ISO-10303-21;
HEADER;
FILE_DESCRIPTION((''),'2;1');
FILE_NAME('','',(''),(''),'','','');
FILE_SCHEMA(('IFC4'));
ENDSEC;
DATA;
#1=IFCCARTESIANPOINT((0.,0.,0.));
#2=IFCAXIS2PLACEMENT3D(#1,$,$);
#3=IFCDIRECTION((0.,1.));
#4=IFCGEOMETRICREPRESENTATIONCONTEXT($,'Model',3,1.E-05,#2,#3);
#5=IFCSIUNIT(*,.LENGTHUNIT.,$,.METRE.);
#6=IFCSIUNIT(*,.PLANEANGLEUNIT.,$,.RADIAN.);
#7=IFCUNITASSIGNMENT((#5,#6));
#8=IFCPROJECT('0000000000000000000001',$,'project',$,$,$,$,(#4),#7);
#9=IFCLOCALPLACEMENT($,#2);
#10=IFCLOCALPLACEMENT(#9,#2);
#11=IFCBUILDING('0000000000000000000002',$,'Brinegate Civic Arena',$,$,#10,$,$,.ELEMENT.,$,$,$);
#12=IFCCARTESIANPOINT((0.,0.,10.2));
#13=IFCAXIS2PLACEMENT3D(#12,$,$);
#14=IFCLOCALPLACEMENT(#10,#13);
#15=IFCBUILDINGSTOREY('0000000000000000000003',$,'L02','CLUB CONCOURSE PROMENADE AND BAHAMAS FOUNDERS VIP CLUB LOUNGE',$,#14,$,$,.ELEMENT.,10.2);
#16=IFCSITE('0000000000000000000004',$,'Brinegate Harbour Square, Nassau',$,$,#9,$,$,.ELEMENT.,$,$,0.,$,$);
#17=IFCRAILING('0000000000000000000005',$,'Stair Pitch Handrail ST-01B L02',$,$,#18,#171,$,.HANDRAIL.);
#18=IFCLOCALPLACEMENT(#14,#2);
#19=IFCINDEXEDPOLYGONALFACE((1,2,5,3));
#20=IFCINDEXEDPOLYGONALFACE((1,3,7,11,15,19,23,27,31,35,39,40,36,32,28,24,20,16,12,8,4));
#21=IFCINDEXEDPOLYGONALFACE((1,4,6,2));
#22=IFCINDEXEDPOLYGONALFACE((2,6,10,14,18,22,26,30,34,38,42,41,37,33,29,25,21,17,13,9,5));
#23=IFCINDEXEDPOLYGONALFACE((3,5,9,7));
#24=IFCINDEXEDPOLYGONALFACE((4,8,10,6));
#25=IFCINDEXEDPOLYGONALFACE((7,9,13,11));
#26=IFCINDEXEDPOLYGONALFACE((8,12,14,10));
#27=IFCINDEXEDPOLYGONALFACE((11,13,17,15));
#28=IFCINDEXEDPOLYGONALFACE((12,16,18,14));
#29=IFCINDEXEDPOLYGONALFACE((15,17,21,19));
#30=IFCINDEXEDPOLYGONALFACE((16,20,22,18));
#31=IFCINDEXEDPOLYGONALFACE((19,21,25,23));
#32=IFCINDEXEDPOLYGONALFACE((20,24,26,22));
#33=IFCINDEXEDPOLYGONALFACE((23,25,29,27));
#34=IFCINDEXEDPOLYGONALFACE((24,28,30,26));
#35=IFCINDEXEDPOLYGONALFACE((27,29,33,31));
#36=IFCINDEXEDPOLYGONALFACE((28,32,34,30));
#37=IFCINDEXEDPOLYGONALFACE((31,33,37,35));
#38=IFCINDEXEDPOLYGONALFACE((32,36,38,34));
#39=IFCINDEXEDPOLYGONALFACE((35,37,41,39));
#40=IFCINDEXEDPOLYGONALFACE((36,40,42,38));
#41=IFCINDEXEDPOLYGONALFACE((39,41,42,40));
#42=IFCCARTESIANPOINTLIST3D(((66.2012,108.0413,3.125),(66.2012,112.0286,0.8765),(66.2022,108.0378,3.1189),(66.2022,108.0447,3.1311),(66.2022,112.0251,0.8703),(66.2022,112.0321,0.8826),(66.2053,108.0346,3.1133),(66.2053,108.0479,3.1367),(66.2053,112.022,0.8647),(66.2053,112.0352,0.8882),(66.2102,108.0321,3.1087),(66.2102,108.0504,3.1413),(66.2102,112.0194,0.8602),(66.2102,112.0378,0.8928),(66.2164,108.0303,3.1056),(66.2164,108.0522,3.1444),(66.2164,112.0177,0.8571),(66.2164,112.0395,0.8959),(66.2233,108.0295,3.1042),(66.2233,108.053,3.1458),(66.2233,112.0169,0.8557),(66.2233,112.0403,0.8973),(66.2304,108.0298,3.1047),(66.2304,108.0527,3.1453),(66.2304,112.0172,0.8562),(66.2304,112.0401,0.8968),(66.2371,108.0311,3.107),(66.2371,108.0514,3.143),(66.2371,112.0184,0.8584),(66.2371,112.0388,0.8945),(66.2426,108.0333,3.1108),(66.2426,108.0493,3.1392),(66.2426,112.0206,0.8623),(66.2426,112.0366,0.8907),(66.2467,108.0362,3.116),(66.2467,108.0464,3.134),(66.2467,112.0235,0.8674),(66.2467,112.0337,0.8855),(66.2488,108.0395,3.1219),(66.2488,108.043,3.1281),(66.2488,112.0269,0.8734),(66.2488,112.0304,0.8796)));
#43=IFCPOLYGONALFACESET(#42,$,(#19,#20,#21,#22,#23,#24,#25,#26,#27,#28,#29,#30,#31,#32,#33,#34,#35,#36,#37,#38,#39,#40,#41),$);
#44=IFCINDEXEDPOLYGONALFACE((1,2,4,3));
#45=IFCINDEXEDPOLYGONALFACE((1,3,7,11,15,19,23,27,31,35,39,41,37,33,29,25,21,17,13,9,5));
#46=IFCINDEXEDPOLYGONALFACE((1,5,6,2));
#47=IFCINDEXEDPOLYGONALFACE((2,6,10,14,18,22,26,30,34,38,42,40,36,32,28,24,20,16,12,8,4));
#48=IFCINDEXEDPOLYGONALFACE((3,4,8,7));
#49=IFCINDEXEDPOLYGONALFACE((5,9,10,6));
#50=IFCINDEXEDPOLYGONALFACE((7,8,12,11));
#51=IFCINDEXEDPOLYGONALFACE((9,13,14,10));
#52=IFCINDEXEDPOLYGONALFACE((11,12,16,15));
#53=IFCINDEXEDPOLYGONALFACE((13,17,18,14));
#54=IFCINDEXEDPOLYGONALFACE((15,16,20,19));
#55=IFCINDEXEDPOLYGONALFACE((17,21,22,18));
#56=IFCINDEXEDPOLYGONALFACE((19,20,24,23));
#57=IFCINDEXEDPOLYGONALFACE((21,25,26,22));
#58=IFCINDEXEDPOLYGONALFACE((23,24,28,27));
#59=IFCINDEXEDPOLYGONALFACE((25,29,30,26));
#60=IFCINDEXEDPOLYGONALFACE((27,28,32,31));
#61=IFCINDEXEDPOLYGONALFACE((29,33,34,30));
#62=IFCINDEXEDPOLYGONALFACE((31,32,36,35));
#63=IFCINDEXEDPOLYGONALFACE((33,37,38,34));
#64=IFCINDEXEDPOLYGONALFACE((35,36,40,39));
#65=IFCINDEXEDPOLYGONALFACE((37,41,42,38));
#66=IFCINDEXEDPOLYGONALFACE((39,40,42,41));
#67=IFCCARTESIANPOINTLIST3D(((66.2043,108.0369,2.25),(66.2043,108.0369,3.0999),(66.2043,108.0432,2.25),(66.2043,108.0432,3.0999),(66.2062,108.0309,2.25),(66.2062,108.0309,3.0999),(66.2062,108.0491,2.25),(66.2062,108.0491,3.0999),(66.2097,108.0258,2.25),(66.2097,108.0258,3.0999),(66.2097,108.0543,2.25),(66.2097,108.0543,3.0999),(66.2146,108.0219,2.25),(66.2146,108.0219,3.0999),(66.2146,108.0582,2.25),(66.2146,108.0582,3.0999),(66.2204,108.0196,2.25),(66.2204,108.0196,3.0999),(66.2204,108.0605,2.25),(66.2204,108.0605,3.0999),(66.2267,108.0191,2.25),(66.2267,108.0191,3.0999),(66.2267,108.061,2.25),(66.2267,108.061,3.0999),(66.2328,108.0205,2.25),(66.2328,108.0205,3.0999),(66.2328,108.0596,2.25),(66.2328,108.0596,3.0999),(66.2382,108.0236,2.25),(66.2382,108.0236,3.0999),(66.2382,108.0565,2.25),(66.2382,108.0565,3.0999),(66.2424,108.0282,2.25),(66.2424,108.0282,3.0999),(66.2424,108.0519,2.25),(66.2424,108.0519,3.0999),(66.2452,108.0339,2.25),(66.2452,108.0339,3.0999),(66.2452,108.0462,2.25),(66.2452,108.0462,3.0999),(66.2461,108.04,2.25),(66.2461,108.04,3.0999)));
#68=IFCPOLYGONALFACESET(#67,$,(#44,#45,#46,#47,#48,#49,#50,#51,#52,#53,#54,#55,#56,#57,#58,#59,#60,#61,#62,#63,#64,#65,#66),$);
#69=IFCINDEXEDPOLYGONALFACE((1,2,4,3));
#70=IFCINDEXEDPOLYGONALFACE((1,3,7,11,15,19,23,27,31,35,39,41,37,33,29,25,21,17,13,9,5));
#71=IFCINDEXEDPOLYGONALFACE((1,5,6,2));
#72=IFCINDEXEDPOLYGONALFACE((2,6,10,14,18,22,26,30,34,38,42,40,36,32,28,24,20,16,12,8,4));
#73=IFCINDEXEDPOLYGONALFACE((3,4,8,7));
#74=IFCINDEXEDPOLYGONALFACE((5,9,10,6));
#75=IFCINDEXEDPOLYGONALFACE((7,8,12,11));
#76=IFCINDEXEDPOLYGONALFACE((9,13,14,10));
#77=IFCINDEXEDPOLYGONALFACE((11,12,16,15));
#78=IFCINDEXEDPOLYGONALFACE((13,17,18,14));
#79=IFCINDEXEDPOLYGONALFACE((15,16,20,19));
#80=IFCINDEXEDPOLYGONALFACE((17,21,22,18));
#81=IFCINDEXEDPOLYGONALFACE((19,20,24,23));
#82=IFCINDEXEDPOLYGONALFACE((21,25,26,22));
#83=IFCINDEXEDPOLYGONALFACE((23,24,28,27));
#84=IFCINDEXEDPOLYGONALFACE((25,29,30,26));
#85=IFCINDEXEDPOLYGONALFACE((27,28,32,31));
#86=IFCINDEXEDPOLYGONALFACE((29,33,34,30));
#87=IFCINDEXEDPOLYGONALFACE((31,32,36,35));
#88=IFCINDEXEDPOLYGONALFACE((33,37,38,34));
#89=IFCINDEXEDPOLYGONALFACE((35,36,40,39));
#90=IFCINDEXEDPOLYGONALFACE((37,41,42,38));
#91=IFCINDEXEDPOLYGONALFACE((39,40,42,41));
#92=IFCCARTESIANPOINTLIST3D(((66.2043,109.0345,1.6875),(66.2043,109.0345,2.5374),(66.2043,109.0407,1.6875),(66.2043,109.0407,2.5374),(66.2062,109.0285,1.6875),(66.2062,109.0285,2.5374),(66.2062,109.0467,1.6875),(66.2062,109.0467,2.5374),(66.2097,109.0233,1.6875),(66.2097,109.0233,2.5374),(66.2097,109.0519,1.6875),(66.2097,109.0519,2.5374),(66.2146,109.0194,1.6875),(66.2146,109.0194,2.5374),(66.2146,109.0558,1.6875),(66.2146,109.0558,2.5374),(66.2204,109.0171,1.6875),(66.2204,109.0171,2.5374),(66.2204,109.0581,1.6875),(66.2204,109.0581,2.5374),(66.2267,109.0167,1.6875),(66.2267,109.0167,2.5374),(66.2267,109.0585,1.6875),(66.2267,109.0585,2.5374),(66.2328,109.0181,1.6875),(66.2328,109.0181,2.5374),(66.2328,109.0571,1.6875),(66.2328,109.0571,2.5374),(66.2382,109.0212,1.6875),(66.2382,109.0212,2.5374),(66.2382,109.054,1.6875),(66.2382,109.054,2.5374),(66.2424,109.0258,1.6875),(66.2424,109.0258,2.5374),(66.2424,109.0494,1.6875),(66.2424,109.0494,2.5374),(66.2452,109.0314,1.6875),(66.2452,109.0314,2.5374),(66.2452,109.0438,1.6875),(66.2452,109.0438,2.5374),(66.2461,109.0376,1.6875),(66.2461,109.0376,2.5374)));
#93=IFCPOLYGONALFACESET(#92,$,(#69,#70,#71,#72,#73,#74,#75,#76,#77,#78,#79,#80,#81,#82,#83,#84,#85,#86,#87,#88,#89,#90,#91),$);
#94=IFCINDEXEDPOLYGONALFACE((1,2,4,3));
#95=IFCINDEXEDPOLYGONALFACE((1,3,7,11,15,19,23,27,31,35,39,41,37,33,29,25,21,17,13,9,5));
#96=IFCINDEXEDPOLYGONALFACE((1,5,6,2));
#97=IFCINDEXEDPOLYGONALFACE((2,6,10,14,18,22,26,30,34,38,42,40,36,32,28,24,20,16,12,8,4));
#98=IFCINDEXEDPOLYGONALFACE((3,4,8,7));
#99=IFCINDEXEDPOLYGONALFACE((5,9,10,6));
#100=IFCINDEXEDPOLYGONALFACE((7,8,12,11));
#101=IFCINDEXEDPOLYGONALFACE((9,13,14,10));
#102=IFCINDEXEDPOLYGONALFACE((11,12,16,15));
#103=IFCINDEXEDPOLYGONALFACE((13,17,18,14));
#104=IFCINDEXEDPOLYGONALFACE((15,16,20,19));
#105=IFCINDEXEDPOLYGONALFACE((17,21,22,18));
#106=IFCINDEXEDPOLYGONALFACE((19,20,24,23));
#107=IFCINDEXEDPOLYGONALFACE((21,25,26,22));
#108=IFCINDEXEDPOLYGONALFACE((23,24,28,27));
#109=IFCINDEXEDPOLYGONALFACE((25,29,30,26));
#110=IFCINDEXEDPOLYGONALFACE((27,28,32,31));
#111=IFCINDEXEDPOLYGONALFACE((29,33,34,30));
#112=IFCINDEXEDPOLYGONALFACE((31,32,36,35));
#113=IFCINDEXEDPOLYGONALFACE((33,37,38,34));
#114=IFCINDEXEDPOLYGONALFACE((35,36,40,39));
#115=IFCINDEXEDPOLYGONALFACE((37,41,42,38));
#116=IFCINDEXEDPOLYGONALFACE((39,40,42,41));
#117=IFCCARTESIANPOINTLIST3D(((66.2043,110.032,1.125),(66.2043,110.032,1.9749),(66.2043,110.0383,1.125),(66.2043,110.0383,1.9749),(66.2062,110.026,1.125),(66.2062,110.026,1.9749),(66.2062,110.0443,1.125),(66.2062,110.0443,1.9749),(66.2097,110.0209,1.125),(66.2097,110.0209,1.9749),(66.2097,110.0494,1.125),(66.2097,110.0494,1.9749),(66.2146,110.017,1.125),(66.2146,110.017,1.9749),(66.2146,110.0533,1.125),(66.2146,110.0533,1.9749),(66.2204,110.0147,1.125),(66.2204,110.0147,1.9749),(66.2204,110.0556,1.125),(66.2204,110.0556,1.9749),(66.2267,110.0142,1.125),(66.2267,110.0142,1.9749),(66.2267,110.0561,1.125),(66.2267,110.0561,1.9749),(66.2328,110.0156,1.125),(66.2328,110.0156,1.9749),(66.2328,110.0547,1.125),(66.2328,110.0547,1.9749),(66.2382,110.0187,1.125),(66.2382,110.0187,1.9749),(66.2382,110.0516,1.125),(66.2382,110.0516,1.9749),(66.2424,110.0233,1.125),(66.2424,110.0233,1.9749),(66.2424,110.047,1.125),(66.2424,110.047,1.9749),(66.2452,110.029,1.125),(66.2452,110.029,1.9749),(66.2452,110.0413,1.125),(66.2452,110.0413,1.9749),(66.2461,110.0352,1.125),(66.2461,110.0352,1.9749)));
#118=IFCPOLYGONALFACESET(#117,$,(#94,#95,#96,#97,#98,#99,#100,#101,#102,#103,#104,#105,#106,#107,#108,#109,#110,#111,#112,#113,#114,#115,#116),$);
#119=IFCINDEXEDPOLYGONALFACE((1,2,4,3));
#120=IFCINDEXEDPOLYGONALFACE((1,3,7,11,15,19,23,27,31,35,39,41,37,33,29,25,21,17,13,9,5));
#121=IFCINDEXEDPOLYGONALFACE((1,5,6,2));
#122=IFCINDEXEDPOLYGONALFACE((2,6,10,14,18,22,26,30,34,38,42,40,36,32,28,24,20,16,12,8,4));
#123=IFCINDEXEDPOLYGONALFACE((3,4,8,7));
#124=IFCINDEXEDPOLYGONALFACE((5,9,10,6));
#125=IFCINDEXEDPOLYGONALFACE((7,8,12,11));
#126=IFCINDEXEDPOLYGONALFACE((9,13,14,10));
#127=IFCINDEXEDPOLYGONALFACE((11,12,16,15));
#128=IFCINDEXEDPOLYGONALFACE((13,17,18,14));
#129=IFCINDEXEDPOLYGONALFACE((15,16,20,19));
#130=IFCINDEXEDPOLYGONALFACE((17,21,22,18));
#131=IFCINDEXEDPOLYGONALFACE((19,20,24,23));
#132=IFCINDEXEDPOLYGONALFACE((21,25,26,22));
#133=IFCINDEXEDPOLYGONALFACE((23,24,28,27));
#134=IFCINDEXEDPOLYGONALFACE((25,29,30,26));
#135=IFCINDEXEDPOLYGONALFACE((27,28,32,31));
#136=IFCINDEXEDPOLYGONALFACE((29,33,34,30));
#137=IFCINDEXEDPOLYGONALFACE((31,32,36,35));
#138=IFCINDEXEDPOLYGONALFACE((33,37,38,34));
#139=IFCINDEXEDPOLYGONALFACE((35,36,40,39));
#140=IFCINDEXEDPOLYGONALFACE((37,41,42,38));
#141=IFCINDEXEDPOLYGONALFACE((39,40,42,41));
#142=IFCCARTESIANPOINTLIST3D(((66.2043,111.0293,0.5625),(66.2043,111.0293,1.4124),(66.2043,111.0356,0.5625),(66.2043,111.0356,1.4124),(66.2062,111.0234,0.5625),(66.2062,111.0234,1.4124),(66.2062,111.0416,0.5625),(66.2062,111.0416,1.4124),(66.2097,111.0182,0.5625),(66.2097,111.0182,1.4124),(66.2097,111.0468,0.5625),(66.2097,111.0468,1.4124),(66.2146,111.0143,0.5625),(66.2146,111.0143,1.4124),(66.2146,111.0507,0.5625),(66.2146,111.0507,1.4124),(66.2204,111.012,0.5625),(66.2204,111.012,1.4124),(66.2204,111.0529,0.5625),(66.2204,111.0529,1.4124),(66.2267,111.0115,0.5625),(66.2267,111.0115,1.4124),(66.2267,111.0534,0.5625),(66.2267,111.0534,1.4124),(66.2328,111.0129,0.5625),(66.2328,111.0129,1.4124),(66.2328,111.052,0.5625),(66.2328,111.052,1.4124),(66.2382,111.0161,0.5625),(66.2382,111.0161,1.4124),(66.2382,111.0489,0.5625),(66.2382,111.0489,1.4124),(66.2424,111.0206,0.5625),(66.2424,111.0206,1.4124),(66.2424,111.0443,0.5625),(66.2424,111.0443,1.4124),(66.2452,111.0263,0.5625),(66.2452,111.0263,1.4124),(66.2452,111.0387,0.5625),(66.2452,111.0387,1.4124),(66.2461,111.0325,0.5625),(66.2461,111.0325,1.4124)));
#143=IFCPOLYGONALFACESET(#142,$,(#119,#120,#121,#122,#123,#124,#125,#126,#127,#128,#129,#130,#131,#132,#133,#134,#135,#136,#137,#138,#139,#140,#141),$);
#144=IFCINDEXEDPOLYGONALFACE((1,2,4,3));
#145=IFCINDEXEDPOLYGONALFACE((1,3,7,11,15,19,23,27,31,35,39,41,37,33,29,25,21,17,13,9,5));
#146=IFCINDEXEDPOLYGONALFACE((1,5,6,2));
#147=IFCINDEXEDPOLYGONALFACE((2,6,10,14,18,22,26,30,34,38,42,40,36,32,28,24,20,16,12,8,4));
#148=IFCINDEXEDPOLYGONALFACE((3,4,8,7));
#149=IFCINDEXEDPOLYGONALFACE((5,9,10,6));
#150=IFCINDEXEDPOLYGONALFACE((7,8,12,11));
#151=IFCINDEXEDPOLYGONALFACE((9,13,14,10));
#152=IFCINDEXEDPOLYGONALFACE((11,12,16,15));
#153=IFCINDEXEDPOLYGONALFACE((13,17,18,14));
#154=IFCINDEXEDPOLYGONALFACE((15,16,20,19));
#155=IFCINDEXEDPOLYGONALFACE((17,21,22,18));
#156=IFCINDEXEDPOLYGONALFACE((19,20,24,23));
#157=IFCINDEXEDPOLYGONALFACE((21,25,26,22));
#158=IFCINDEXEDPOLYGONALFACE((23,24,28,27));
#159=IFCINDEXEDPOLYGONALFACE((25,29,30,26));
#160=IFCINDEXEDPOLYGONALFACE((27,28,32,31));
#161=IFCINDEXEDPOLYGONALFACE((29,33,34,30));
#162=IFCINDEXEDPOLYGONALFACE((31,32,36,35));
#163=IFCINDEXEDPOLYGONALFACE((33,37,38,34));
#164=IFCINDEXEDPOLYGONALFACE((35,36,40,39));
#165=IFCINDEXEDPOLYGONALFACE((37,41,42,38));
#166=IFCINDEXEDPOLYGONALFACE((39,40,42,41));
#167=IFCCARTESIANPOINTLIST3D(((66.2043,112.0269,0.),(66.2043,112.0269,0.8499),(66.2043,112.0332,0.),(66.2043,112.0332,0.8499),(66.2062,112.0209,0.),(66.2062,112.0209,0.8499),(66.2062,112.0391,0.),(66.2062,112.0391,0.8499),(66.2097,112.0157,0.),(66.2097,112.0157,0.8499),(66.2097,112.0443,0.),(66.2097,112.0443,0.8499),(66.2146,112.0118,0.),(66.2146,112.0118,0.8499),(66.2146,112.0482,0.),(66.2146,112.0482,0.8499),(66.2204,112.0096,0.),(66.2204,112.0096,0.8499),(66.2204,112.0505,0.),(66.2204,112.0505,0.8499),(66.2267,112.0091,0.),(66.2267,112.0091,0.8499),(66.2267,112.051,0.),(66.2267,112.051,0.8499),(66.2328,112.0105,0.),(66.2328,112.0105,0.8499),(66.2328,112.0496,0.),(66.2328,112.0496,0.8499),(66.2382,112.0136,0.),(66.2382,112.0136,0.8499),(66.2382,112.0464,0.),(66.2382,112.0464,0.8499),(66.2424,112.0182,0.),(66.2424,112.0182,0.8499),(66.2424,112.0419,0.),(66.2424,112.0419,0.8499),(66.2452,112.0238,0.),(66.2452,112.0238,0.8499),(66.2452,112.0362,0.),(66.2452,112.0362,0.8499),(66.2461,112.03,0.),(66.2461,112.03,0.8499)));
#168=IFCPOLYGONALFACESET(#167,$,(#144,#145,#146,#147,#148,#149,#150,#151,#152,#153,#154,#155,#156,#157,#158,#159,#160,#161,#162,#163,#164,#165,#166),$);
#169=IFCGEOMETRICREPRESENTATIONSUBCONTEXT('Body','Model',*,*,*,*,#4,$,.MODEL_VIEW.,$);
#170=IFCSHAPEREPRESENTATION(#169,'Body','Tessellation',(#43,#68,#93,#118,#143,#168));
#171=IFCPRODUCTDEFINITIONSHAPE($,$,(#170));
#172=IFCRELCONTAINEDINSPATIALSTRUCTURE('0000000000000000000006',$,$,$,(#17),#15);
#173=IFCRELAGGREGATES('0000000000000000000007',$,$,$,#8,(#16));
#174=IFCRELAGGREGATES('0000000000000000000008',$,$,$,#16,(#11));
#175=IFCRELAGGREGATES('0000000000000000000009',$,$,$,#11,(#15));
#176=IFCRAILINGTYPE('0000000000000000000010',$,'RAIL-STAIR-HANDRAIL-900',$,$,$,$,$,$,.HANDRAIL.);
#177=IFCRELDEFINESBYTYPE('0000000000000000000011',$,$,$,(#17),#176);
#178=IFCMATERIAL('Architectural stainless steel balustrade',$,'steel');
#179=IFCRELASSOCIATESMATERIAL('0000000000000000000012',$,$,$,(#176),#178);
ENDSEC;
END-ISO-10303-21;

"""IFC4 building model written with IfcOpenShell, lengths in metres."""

from ifc_helpers import new_model, si_unit, direction, frame, origin, origin_2d, place, context, subcontext, project, spatial, circle, extrude, material, type_object, element, save


model = new_model("IFC4")

# Units and contexts
model_context = context("Model", 3, precision=1e-05, world=origin(), true_north=direction((0.0, 1.0)))
body_context = subcontext(model_context, "Body", "Model", "MODEL_VIEW")
ifc_project = project(units=[si_unit("LENGTHUNIT", "METRE"), si_unit("PLANEANGLEUNIT", "RADIAN")], contexts=[model_context])

# Site, building, storey
site_placement = place(None, origin())
site = spatial("IfcSite", under=ifc_project, at=site_placement, Name="Brinegate Harbour Square, Nassau", CompositionType="ELEMENT", RefElevation=0.0)
building_placement = place(site_placement, origin())
building = spatial("IfcBuilding", under=site, at=building_placement, Name="Brinegate Civic Arena", CompositionType="ELEMENT")
storey_placement = place(building_placement, frame((0.0, 0.0, 10.2)))
storey = spatial("IfcBuildingStorey", under=building, at=storey_placement, Name="L02", Description="CLUB CONCOURSE PROMENADE AND BAHAMAS FOUNDERS VIP CLUB LOUNGE", CompositionType="ELEMENT", Elevation=10.2)

# Railing
ifc_material_1 = material(Name="Architectural stainless steel balustrade", Category="steel")
railing_type_1 = type_object("IfcRailingType", Name="RAIL-STAIR-HANDRAIL-900", PredefinedType="HANDRAIL", material=ifc_material_1)
for number, where, name in (
    (1, (66.2251, 108.04, 2.25), "Stair Pitch Handrail ST-01B L02"),
):
    element("IfcRailing", number, at=place(storey_placement, frame(where)), inside=storey, type_object=railing_type_1, Name=name, PredefinedType="HANDRAIL", context=body_context, shape_type="SweptSolid", body=[
        extrude(circle(Radius=0.0239, at=origin_2d()), frame((0.0, 0.0012, 0.875), z_axis=(0.0, 0.87105, -0.491195), x_axis=(-1.0, 0.0, 0.0)), (0.0, 0.0, 1.0), 4.5776),
        extrude(circle(Radius=0.021, at=origin_2d()), origin(), (0.0, 0.0, 1.0), 0.8499),
        extrude(circle(Radius=0.021, at=origin_2d()), frame((0.0, 0.9976, -0.5625)), (0.0, 0.0, 1.0), 0.8499),
        extrude(circle(Radius=0.021, at=origin_2d()), frame((0.0, 1.9951, -1.125)), (0.0, 0.0, 1.0), 0.8499),
        extrude(circle(Radius=0.021, at=origin_2d()), frame((0.0, 2.9924, -1.6875)), (0.0, 0.0, 1.0), 0.8499),
        extrude(circle(Radius=0.021, at=origin_2d()), frame((0.0, 3.99, -2.25)), (0.0, 0.0, 1.0), 0.8499),
    ])

save(model, "model.ifc")
